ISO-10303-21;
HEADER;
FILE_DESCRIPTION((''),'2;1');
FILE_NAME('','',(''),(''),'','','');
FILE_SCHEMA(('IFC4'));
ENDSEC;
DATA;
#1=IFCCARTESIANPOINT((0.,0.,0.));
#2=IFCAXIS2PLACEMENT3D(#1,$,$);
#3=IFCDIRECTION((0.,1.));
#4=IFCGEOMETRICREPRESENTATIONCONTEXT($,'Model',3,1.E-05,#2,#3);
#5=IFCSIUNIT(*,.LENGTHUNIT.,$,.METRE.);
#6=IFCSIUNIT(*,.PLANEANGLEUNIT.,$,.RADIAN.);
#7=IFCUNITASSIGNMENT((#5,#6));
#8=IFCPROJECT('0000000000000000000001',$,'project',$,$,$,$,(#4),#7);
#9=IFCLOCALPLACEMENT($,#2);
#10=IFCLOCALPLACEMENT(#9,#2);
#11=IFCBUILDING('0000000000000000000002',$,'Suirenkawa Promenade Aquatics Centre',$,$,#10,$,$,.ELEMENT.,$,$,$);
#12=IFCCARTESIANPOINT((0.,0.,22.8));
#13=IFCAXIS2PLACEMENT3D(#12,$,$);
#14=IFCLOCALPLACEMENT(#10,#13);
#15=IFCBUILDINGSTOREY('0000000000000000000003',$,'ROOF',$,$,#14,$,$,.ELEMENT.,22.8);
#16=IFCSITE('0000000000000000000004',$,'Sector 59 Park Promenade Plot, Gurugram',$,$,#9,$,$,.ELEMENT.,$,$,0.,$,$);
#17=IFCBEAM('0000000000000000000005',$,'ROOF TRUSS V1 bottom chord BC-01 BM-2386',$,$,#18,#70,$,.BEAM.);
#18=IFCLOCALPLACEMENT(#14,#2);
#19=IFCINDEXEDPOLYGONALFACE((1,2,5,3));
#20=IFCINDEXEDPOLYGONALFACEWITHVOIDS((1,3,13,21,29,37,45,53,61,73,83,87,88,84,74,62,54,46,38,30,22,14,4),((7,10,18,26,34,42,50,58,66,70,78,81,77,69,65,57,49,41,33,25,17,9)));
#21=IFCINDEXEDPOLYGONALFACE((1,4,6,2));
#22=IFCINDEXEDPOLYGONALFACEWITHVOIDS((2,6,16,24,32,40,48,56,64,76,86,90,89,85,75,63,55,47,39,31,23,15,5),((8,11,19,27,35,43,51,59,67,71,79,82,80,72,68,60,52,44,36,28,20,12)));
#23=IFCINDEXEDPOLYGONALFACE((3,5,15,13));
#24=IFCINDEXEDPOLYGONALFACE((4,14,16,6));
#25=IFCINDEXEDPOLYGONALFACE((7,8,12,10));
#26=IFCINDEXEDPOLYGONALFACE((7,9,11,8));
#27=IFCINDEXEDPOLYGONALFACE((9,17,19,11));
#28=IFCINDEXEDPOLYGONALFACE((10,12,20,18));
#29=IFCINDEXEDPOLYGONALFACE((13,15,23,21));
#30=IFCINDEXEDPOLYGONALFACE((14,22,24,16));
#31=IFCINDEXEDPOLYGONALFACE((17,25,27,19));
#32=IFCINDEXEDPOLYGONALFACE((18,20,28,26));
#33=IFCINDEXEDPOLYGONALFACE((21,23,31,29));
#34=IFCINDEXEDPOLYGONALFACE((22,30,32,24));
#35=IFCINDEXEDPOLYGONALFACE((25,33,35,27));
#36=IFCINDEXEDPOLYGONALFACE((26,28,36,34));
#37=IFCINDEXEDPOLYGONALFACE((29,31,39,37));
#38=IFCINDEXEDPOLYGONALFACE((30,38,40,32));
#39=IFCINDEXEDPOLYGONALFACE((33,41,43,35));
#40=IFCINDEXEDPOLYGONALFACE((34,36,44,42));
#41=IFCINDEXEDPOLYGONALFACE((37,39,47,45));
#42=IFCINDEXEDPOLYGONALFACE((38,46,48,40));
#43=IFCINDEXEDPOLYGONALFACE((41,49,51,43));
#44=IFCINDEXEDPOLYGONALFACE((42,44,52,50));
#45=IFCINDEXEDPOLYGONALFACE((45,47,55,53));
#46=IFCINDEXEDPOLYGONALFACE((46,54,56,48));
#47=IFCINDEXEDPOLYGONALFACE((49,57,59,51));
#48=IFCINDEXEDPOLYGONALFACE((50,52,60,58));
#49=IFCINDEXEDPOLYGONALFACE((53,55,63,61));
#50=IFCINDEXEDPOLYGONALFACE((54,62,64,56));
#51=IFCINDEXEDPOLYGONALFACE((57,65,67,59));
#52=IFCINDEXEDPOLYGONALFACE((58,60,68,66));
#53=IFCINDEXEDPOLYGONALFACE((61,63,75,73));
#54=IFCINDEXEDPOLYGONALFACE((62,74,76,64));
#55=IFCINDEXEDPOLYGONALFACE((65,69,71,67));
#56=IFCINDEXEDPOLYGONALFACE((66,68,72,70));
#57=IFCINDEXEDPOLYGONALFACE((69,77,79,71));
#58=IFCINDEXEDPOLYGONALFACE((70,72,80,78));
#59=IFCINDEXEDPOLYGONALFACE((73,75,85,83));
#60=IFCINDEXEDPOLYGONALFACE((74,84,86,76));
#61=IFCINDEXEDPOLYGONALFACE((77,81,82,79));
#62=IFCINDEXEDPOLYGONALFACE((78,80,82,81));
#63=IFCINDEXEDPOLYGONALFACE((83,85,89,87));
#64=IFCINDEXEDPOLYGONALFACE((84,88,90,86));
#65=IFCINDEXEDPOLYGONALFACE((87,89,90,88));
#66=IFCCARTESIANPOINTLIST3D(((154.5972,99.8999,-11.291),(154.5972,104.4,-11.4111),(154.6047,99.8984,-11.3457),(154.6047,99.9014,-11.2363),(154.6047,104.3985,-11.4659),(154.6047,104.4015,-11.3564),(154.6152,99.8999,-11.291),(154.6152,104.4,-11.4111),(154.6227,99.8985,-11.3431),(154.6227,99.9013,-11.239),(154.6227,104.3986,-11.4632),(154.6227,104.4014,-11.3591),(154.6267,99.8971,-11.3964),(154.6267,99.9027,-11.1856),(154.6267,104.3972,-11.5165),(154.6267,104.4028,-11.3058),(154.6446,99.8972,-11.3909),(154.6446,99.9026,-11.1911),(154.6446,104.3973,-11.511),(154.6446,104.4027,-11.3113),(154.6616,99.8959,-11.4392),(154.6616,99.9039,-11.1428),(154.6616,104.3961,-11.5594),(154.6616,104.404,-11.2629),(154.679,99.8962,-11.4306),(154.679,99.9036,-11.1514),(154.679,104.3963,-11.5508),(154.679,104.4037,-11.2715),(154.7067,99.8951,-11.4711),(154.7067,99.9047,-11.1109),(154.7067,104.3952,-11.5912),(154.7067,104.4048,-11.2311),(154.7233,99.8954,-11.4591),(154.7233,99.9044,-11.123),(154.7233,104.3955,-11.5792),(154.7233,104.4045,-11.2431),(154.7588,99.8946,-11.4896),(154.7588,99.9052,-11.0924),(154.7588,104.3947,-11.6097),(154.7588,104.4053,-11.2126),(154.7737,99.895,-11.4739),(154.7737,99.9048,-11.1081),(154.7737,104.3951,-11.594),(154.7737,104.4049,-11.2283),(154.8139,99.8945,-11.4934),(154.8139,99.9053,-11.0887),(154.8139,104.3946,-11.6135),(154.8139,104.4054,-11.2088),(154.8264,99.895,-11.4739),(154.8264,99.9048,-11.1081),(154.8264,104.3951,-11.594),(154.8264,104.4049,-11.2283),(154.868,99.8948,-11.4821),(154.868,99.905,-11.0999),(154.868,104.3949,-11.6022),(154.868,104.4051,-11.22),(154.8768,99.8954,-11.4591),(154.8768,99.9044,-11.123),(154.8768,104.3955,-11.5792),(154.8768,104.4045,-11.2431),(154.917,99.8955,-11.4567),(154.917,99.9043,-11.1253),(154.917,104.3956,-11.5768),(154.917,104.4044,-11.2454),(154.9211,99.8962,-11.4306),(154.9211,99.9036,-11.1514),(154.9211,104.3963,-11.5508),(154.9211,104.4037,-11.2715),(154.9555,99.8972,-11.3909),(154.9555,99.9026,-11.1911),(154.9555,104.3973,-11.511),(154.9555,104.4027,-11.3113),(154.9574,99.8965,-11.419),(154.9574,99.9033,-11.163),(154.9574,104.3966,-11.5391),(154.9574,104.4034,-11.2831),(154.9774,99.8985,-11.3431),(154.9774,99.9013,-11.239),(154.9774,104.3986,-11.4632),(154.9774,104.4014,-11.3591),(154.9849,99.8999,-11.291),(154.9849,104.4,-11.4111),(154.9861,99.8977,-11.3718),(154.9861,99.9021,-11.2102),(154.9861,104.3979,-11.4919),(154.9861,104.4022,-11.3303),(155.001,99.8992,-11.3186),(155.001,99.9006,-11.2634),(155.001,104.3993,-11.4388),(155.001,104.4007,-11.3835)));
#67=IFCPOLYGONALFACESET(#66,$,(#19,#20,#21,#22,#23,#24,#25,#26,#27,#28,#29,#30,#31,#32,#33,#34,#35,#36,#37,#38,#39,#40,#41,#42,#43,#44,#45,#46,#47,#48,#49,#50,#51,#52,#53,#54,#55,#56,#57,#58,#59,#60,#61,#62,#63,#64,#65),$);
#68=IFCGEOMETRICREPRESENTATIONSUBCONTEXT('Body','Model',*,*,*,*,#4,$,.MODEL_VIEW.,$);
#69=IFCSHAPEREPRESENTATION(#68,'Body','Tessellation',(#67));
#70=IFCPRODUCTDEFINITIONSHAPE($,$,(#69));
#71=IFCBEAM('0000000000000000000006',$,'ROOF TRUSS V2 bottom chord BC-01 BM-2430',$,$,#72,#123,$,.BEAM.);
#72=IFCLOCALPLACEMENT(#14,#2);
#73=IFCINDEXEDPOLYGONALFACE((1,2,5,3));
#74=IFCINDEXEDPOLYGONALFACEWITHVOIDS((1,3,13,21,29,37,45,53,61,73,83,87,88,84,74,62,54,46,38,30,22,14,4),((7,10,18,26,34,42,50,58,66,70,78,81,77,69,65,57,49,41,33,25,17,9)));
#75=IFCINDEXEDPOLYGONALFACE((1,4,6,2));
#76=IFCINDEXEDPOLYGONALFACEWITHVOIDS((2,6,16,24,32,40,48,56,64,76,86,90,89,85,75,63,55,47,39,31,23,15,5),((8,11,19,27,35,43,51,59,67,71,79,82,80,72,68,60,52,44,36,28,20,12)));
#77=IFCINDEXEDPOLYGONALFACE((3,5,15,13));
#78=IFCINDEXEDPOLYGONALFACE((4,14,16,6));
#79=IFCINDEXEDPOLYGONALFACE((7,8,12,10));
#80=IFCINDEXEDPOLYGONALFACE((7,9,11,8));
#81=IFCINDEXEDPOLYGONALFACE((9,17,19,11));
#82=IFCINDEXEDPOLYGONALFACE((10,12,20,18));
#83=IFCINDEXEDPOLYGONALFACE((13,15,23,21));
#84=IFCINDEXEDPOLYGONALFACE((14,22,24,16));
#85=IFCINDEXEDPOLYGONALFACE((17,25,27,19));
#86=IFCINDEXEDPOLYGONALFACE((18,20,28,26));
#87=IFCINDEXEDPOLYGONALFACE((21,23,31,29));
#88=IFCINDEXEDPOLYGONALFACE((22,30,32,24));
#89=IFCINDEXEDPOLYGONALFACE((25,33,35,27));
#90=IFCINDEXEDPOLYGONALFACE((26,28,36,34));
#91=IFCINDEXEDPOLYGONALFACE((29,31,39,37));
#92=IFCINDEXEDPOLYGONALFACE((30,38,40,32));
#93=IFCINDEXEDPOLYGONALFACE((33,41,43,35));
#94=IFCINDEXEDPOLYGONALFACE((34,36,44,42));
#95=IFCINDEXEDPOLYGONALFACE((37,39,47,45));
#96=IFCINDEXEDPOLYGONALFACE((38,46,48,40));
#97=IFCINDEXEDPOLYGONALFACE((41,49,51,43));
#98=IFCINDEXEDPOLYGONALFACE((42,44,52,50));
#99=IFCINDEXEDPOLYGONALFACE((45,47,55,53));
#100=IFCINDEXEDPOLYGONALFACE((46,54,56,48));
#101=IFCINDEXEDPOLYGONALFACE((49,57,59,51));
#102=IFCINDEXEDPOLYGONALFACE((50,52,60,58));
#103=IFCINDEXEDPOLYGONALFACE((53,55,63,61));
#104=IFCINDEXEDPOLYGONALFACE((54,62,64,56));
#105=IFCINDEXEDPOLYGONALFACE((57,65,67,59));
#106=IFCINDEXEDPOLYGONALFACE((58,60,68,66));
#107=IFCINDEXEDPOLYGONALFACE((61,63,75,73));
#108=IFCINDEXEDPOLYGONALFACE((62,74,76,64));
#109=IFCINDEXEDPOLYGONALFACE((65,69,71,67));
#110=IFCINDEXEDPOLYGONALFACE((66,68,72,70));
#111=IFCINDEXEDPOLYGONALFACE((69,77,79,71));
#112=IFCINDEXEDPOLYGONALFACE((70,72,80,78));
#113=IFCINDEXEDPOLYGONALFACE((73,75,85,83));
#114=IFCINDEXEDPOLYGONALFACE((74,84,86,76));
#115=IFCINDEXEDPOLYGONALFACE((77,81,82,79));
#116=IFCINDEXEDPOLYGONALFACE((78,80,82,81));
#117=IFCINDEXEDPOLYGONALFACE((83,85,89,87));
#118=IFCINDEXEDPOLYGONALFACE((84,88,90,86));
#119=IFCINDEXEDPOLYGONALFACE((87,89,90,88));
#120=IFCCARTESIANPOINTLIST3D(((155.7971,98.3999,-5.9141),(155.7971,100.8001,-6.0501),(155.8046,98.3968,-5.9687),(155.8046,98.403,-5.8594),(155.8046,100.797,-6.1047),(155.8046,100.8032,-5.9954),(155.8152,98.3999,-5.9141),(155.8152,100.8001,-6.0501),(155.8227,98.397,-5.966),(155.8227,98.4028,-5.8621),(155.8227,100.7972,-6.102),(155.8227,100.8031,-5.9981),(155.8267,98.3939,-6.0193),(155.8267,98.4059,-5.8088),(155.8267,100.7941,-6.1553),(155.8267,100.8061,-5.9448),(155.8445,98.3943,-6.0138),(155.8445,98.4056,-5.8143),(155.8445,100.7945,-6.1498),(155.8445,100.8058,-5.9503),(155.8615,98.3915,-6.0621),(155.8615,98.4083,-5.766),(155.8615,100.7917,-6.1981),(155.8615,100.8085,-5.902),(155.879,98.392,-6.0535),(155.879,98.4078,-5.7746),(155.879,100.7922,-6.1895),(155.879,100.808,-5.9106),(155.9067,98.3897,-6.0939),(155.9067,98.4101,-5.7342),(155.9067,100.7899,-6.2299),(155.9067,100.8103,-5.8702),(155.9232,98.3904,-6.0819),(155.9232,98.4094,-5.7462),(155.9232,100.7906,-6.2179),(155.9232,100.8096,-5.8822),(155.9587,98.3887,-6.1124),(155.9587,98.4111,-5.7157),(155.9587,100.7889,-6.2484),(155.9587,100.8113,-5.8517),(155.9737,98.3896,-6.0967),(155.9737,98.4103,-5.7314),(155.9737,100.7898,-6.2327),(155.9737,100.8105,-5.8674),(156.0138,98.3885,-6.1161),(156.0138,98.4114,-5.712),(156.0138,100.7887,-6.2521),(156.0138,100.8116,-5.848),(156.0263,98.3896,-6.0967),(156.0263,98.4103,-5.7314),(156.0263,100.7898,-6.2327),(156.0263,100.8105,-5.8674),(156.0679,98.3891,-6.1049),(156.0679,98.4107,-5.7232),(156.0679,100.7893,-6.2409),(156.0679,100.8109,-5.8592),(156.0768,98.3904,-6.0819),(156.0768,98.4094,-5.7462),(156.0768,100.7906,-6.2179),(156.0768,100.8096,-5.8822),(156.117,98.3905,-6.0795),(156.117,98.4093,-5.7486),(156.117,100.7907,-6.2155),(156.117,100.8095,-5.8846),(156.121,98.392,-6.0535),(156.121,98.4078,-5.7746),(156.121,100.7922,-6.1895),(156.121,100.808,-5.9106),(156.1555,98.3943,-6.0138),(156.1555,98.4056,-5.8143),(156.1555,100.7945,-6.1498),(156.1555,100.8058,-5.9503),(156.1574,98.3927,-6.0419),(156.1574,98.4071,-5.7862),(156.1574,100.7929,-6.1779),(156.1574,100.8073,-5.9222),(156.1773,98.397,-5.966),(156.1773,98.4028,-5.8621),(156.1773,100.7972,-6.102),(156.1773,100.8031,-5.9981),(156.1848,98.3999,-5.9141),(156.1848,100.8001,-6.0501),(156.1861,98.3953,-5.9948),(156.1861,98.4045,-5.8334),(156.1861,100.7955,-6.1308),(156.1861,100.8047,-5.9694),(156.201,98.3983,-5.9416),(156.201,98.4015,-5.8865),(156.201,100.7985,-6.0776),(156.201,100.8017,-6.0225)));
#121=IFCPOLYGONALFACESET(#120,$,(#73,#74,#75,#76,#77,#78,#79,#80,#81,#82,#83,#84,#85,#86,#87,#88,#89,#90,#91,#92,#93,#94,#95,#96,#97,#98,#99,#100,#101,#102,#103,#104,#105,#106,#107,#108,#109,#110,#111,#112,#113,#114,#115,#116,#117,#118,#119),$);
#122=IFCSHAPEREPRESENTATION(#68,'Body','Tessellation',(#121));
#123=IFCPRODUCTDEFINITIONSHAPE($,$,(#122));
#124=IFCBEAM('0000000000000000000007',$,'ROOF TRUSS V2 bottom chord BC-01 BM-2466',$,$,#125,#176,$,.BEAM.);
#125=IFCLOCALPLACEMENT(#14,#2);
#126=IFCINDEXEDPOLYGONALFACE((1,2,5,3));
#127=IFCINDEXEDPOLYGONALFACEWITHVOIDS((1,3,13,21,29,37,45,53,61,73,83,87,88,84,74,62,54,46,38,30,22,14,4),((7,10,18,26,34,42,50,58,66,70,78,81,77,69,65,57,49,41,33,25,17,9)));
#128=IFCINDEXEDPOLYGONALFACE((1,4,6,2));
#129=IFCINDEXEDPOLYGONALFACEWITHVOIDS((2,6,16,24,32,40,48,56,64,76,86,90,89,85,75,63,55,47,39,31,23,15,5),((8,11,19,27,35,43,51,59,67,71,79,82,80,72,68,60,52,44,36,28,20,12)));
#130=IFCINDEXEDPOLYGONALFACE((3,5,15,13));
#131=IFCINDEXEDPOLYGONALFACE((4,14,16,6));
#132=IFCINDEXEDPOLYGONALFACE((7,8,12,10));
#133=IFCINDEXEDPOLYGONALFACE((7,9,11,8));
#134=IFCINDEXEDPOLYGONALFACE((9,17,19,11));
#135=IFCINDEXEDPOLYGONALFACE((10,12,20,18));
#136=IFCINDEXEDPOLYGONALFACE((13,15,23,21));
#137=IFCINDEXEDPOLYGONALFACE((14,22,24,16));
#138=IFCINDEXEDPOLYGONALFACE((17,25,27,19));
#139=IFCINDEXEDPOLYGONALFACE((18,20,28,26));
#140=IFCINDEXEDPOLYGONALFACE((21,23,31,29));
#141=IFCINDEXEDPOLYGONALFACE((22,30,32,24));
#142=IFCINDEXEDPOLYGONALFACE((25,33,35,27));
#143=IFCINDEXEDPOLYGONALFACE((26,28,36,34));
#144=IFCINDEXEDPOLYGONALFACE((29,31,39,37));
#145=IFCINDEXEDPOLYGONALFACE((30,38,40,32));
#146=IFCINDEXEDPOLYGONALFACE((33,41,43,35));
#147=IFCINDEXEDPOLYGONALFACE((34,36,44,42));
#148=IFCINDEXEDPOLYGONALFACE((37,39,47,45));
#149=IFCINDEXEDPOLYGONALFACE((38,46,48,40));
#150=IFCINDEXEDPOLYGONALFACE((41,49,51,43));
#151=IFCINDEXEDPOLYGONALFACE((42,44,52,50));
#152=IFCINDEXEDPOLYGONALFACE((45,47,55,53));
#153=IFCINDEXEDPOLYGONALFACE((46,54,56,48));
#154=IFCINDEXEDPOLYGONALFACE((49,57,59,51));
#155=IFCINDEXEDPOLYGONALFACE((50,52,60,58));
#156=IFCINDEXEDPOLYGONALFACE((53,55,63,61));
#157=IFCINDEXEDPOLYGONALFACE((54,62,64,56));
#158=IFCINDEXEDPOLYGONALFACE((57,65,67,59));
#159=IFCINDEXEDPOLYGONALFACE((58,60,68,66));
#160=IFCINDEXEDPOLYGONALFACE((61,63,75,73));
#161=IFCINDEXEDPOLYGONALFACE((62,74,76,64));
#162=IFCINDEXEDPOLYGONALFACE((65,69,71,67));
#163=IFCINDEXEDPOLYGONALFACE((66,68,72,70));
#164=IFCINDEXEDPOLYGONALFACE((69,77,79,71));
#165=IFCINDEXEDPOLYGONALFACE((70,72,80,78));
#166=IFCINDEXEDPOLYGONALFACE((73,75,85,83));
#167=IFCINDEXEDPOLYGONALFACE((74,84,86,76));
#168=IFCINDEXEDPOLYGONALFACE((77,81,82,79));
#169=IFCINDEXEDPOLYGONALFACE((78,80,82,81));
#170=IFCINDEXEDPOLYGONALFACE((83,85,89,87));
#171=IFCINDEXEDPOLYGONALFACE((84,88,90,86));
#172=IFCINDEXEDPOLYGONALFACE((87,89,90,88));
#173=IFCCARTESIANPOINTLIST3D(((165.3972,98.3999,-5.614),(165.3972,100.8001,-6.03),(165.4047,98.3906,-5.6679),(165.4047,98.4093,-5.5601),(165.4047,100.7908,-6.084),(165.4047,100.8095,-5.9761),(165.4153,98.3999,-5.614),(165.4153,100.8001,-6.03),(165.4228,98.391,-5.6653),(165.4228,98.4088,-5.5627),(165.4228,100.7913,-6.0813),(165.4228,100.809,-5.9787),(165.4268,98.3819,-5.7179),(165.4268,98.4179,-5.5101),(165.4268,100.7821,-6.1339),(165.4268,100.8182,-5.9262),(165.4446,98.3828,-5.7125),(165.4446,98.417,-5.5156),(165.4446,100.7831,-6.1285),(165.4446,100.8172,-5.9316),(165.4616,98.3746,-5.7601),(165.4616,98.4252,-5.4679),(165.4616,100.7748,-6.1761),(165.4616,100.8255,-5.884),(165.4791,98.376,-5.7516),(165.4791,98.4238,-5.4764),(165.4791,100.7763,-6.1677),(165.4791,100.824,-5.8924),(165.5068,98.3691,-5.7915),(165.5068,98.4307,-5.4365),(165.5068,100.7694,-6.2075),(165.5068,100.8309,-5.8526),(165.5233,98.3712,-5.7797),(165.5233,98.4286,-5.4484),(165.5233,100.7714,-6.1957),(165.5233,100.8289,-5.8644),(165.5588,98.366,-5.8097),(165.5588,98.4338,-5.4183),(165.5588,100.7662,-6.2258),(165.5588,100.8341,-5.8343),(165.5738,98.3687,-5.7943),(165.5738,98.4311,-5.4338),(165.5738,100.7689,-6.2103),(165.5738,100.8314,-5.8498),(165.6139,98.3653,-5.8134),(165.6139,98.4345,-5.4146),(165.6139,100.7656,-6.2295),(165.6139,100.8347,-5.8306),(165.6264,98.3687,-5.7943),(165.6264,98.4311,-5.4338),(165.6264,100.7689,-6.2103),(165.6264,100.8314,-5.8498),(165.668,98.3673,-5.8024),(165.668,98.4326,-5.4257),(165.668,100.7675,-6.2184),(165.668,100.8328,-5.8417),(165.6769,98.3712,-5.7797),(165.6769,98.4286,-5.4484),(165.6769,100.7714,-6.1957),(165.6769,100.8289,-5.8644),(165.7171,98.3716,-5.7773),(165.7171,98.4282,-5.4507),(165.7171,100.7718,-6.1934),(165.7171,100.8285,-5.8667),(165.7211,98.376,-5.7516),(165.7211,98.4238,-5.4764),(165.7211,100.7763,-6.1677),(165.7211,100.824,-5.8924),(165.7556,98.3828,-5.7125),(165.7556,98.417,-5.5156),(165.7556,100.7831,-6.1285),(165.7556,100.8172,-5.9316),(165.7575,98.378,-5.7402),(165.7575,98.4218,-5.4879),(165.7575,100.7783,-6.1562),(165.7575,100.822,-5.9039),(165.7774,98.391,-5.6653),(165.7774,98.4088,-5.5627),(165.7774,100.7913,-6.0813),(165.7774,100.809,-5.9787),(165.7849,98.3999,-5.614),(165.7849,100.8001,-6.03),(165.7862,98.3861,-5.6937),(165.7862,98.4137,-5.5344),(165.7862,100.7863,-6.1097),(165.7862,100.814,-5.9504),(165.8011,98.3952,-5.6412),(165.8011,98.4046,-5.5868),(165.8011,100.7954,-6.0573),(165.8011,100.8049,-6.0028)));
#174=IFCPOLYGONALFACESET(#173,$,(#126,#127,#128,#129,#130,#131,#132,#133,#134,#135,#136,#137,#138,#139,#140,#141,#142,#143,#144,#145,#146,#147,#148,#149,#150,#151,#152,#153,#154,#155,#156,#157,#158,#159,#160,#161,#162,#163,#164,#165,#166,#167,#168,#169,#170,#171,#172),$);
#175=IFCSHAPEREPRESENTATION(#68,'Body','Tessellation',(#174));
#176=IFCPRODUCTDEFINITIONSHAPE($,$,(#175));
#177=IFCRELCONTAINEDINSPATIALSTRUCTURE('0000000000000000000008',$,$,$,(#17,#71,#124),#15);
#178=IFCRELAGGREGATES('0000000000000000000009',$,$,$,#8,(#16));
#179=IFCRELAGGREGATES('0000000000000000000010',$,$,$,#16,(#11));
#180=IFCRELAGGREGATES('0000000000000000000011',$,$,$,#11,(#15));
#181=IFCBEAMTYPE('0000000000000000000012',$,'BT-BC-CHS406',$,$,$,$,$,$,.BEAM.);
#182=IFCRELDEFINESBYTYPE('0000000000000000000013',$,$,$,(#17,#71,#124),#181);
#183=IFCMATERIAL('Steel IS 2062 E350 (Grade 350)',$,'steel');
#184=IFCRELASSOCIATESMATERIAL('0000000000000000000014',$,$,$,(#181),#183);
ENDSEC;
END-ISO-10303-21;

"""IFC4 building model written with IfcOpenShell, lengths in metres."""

from ifc_helpers import new_model, si_unit, direction, frame, origin, origin_2d, place, context, subcontext, project, spatial, hollow_circle, extrude, material, material_profile, profile_set, type_object, element, save


model = new_model("IFC4")

# Units and contexts
model_context = context("Model", 3, precision=1e-05, world=origin(), true_north=direction((0.0, 1.0)))
body_context = subcontext(model_context, "Body", "Model", "MODEL_VIEW")
ifc_project = project(units=[si_unit("LENGTHUNIT", "METRE"), si_unit("PLANEANGLEUNIT", "RADIAN")], contexts=[model_context])

# Site, building, storey
site_placement = place(None, origin())
site = spatial("IfcSite", under=ifc_project, at=site_placement, Name="Sector 59 Park Promenade Plot, Gurugram", CompositionType="ELEMENT", RefElevation=0.0)
building_placement = place(site_placement, origin())
building = spatial("IfcBuilding", under=site, at=building_placement, Name="Suirenkawa Promenade Aquatics Centre", CompositionType="ELEMENT")
storey_placement = place(building_placement, frame((0.0, 0.0, 22.8)))
storey = spatial("IfcBuildingStorey", under=building, at=storey_placement, Name="ROOF", CompositionType="ELEMENT", Elevation=22.8)

# Beams
ifc_material = material(Name="Steel IS 2062 E350 (Grade 350)", Category="steel")
ifc_material_profile_1 = material_profile(ifc_material, hollow_circle(Radius=0.2029, WallThickness=0.0181, at=origin_2d()), Name="CHS 406x18", Category="steel")
ifc_profile_set_1 = profile_set([ifc_material_profile_1], Name="Steel IS 2062 E350 (Grade 350)")
beam_type_1 = type_object("IfcBeamType", Name="BT-BC-CHS406", PredefinedType="BEAM", material=ifc_profile_set_1)
beam_1_placement = place(storey_placement, frame((154.8, 99.8999, -11.291), z_axis=(0.0, 0.999644, -0.026683), x_axis=(-1.0, 0.0, 0.0)))
element("IfcBeam", 1, at=beam_1_placement, inside=storey, type_object=beam_type_1, Name="ROOF TRUSS V1 bottom chord BC-01 BM-2386", PredefinedType="BEAM", context=body_context, shape_type="SweptSolid", body=[
    extrude(hollow_circle(Radius=0.2029, WallThickness=0.0181, at=origin_2d()), origin(), (0.0, 0.0, 1.0), 4.5017),
])
beam_2_placement = place(storey_placement, frame((156.0, 98.3999, -5.9141), z_axis=(0.0, 0.998399, -0.056567), x_axis=(-1.0, 0.0, 0.0)))
element("IfcBeam", 2, at=beam_2_placement, inside=storey, type_object=beam_type_1, Name="ROOF TRUSS V2 bottom chord BC-01 BM-2430", PredefinedType="BEAM", context=body_context, shape_type="SweptSolid", body=[
    extrude(hollow_circle(Radius=0.2029, WallThickness=0.0181, at=origin_2d()), origin(), (0.0, 0.0, 1.0), 2.4041),
])
beam_3_placement = place(storey_placement, frame((165.6001, 98.3999, -5.614), z_axis=(0.0, 0.985309, -0.170783), x_axis=(-1.0, 0.0, 0.0)))
element("IfcBeam", 3, at=beam_3_placement, inside=storey, type_object=beam_type_1, Name="ROOF TRUSS V2 bottom chord BC-01 BM-2466", PredefinedType="BEAM", context=body_context, shape_type="SweptSolid", body=[
    extrude(hollow_circle(Radius=0.2029, WallThickness=0.0181, at=origin_2d()), origin(), (0.0, 0.0, 1.0), 2.436),
])

save(model, "model.ifc")
